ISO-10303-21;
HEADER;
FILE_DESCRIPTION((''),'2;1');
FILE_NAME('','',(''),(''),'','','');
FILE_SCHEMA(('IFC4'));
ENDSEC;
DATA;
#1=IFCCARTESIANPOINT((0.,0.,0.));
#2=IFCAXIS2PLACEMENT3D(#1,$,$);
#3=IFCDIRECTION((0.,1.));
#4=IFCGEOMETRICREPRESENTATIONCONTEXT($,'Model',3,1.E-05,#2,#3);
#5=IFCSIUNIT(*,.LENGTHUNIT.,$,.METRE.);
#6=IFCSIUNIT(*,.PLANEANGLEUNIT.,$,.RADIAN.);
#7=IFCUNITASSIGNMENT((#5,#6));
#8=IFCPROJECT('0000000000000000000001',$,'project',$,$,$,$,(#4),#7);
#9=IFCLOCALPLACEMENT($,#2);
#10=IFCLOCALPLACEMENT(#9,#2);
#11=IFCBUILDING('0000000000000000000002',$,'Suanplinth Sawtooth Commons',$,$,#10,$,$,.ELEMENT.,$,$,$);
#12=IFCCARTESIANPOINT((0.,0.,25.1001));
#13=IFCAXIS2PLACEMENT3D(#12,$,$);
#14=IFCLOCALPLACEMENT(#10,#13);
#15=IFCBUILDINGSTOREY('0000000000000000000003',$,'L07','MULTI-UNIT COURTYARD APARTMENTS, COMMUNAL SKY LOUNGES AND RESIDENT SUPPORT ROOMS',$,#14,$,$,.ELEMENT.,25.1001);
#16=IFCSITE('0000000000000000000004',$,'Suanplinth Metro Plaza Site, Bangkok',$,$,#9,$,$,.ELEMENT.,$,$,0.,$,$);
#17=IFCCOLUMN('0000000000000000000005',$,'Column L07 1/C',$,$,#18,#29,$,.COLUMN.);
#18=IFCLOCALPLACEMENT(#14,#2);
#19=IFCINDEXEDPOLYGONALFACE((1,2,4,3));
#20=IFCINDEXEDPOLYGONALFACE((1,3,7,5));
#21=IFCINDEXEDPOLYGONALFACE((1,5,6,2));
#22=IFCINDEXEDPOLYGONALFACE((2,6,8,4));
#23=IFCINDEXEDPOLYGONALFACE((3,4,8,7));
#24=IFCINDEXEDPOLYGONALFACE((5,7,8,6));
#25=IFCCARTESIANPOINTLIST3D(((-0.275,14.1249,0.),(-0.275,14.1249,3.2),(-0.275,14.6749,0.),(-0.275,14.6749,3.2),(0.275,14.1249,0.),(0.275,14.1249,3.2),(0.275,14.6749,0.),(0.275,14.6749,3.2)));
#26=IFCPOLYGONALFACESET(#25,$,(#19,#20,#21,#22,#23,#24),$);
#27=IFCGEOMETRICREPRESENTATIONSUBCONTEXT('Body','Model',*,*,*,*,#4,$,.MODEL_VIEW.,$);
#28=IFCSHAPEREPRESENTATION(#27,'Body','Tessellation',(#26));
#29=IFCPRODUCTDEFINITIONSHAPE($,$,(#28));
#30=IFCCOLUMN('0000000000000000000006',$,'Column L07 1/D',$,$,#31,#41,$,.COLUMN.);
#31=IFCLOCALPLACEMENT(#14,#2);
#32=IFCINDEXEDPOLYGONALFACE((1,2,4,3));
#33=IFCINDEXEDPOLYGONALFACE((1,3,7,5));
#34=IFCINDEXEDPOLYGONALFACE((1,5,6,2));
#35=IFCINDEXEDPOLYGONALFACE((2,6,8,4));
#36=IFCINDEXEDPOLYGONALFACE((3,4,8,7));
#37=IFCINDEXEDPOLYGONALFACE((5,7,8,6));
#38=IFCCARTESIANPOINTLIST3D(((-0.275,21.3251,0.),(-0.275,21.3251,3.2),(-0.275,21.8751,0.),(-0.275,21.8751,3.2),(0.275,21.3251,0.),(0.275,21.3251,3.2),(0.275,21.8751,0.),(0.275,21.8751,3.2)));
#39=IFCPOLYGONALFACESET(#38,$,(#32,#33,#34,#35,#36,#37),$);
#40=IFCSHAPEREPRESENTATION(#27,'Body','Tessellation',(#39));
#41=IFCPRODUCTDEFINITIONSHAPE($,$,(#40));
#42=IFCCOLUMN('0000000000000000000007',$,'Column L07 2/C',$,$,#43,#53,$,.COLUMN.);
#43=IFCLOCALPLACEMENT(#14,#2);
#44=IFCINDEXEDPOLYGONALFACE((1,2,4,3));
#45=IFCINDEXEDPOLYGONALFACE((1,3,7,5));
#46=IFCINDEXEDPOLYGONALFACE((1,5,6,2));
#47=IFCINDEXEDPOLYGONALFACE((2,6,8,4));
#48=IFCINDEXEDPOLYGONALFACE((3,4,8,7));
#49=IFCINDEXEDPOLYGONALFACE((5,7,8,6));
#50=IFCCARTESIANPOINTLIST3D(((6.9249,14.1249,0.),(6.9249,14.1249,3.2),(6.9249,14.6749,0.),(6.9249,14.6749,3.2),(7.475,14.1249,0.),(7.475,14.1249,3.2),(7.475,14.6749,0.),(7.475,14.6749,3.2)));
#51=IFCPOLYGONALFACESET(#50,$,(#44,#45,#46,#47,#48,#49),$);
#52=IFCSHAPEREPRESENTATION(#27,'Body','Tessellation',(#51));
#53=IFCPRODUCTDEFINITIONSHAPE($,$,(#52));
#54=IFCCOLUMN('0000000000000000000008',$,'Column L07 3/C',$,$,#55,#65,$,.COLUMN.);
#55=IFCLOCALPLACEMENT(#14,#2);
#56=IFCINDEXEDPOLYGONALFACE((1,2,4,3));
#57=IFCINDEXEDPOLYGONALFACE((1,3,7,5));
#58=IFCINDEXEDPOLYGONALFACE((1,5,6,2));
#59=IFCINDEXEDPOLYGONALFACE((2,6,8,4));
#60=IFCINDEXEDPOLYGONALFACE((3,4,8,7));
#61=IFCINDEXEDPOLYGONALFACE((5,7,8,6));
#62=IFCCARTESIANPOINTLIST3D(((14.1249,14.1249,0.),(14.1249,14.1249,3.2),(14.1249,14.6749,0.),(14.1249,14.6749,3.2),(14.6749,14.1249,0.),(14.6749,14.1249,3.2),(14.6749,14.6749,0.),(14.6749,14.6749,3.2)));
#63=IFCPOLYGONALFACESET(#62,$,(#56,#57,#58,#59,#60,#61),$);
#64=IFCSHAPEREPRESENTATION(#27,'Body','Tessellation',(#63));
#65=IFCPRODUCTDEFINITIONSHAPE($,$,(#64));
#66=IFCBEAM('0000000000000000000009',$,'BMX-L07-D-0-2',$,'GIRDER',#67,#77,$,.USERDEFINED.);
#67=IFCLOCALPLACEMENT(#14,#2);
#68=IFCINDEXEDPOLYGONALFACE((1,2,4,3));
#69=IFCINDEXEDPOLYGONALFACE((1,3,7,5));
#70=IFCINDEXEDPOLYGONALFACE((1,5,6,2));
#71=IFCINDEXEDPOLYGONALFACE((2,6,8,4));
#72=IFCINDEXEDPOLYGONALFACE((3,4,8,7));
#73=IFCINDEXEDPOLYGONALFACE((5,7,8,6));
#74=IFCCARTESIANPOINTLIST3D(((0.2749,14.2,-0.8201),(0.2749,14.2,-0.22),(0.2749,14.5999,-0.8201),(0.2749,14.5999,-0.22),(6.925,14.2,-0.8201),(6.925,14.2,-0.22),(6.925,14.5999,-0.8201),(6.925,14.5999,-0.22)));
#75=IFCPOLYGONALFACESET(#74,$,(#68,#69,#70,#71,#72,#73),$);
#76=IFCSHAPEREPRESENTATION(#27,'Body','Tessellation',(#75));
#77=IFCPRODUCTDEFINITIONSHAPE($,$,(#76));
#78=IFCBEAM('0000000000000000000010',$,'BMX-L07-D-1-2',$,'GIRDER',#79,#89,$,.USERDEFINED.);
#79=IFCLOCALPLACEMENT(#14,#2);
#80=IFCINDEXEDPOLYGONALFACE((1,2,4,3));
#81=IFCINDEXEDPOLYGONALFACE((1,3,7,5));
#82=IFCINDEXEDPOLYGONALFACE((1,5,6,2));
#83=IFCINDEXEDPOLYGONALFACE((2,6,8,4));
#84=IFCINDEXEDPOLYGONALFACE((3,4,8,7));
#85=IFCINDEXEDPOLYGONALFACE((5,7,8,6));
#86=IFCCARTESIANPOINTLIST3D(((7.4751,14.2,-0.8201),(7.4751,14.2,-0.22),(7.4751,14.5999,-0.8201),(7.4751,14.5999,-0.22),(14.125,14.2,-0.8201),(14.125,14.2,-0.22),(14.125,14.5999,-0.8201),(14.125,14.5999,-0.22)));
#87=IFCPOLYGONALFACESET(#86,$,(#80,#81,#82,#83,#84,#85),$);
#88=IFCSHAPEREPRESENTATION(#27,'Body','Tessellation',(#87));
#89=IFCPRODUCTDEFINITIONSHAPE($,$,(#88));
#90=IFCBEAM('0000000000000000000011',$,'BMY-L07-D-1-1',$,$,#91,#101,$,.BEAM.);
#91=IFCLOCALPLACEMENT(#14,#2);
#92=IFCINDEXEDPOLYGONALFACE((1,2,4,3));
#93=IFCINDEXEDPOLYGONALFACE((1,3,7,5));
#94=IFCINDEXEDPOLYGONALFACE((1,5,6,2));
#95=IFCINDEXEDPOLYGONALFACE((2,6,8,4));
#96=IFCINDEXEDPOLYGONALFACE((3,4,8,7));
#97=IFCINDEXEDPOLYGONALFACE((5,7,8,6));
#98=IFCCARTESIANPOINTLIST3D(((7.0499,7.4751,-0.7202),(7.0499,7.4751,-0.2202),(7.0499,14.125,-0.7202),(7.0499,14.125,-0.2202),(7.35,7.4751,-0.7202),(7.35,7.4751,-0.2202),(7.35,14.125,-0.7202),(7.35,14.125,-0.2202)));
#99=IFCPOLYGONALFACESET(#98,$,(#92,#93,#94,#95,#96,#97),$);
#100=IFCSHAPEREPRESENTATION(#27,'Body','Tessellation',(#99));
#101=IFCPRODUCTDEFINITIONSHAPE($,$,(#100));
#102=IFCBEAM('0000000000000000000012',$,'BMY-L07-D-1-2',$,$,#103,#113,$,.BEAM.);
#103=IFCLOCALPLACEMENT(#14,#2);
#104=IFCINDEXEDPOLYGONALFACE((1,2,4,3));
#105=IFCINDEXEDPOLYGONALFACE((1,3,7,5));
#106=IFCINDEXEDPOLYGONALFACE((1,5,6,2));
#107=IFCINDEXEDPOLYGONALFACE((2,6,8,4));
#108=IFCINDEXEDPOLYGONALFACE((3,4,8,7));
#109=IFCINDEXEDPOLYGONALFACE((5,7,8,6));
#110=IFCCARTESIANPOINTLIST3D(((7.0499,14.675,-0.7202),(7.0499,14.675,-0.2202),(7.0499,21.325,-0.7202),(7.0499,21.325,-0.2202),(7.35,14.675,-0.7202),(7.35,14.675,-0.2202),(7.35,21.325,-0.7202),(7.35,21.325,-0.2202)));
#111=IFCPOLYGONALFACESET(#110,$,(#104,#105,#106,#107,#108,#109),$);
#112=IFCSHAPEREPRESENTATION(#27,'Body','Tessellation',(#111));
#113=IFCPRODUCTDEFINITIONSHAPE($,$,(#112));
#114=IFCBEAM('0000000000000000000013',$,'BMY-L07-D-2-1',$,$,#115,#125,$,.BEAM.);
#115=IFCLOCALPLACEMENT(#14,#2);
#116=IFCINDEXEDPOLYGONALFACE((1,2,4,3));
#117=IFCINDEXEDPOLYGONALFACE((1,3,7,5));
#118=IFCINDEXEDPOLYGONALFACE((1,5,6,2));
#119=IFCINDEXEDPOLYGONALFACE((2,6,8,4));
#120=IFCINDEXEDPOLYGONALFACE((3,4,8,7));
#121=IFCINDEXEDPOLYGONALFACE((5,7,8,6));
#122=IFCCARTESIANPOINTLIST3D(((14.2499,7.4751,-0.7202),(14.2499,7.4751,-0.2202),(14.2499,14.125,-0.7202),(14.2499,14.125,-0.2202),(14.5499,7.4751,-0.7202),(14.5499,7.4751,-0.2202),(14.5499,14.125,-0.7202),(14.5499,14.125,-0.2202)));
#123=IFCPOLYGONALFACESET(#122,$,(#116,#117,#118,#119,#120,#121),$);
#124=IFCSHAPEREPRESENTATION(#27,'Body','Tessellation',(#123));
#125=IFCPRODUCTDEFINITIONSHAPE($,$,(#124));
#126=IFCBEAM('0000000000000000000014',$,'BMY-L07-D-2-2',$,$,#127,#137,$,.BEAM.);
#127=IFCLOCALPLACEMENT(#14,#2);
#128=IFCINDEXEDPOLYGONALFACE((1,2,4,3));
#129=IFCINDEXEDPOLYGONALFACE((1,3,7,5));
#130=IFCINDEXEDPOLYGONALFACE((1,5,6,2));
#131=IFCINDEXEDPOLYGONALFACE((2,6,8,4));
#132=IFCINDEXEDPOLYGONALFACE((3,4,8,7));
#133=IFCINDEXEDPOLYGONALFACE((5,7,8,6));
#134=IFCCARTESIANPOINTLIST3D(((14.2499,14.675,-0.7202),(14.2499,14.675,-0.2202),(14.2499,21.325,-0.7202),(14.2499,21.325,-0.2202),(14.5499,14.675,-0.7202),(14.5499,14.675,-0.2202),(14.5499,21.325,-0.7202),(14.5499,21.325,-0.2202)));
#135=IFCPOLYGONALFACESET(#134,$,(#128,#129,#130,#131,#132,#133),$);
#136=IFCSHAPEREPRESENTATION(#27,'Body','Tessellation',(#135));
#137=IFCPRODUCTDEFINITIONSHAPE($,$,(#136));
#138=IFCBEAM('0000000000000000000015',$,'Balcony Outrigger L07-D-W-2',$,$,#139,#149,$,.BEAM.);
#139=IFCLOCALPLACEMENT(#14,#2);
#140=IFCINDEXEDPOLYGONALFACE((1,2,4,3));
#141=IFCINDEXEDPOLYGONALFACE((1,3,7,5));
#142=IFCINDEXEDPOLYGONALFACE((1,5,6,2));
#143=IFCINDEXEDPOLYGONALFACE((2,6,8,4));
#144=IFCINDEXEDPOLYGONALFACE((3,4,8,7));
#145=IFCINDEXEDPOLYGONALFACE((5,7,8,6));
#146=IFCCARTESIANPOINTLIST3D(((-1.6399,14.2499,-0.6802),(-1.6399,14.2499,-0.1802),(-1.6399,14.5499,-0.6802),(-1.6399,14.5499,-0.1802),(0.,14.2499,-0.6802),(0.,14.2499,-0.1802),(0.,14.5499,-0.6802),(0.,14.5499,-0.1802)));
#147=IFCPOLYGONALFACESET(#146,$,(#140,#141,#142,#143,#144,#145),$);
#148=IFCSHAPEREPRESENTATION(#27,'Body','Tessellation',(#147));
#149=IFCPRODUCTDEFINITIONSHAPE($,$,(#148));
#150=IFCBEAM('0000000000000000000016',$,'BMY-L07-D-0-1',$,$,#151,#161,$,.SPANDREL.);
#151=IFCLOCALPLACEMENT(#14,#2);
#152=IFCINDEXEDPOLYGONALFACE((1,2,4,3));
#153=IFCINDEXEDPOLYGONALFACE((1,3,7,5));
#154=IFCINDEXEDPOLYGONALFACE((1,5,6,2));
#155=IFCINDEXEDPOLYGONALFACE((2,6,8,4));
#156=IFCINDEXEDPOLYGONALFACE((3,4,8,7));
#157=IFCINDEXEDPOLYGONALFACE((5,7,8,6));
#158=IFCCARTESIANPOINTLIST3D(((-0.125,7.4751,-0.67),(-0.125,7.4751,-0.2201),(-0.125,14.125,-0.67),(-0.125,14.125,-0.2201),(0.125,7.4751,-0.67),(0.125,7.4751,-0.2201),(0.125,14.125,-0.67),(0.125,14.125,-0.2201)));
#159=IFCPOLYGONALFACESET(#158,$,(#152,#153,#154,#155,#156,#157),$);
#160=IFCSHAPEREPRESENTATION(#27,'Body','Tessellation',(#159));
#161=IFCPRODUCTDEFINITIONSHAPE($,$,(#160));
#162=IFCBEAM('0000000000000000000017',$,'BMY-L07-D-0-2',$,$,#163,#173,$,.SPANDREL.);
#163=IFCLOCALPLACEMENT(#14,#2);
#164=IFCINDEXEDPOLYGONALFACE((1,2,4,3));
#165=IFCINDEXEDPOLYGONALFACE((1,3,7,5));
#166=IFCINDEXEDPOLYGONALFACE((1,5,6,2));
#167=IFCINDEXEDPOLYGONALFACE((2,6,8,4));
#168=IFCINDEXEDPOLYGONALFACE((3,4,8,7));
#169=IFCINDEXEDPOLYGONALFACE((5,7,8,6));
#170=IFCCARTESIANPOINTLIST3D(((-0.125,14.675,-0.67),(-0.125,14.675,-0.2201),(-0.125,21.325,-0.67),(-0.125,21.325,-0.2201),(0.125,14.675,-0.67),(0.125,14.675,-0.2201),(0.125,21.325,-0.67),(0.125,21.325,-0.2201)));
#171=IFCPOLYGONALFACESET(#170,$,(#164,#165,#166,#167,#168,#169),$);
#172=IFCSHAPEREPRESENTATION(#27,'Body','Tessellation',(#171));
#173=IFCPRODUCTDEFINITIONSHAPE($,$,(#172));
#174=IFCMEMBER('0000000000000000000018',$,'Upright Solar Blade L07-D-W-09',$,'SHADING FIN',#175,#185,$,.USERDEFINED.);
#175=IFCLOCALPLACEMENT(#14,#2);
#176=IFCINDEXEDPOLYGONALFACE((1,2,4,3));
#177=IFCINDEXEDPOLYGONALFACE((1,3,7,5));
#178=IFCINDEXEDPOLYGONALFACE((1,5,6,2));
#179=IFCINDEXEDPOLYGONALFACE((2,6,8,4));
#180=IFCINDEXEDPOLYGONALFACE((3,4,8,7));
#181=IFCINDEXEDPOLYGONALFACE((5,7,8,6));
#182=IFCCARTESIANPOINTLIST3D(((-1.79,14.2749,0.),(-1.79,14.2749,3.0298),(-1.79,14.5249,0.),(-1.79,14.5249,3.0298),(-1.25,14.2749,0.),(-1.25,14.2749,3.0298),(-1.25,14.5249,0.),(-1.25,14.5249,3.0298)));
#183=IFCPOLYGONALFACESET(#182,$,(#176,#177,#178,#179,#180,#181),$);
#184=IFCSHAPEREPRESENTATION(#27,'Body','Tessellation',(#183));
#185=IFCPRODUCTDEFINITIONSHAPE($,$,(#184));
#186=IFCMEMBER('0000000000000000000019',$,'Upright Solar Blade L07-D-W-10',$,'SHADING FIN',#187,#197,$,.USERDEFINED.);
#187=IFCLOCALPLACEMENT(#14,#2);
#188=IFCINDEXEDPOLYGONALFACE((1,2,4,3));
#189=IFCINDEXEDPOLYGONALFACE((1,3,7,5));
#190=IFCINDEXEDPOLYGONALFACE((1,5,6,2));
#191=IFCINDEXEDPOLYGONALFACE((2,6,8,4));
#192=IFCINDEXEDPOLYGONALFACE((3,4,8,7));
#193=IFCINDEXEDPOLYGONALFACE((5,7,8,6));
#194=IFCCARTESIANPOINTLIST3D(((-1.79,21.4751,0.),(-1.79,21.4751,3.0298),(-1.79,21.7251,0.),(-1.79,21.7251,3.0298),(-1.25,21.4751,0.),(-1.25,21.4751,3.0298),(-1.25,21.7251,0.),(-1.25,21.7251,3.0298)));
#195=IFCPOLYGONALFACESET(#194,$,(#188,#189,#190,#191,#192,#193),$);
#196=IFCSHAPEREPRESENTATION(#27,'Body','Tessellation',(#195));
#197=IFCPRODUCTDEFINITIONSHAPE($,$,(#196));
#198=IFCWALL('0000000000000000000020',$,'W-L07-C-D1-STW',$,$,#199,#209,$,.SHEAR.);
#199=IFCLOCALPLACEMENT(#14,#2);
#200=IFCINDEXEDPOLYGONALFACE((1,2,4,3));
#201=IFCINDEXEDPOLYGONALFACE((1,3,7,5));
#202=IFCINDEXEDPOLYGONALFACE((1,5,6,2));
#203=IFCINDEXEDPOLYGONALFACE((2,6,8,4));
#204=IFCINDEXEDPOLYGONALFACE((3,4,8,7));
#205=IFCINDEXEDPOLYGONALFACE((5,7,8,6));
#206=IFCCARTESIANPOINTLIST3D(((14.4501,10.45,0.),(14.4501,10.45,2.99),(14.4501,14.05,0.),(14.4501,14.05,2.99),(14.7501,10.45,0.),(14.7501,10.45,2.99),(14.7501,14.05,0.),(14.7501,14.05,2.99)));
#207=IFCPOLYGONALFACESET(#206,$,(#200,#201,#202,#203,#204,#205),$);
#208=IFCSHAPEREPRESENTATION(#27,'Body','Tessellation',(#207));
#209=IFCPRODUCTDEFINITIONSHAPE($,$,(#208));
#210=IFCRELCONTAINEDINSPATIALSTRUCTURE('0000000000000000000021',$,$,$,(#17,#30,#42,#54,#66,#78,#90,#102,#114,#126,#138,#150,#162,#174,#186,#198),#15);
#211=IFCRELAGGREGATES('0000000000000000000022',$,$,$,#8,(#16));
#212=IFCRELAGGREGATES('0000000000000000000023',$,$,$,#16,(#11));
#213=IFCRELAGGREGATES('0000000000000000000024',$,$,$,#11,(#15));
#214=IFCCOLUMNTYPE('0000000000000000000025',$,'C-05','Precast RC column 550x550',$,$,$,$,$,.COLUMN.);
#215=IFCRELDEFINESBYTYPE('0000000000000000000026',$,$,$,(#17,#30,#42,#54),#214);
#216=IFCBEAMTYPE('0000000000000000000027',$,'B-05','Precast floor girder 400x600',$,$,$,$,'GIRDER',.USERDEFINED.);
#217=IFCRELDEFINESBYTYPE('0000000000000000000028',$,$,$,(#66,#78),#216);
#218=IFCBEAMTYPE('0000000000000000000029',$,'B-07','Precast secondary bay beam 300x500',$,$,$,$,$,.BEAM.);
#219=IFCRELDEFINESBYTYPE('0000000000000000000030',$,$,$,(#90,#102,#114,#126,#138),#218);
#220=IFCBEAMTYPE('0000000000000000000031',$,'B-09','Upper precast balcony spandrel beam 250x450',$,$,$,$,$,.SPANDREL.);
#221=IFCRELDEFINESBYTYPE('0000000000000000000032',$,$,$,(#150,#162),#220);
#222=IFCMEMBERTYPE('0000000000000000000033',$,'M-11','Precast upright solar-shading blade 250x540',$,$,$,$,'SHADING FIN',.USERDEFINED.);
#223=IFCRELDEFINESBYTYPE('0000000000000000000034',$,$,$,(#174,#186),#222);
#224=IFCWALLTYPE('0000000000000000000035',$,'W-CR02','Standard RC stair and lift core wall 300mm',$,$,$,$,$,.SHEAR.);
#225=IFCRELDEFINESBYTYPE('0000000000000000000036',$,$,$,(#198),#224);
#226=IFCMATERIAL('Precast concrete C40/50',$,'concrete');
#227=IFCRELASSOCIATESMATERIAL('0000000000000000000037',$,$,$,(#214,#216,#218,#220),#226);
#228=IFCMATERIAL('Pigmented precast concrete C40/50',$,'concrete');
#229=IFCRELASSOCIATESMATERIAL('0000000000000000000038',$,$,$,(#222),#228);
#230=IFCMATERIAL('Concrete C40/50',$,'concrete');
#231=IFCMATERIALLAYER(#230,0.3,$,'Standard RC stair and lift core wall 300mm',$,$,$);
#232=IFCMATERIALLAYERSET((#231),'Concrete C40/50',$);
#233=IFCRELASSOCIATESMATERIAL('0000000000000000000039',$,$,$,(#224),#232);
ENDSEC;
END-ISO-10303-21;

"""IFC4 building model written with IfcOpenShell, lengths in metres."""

from ifc_helpers import new_model, si_unit, direction, frame, frame_2d, origin, origin_2d, place, context, subcontext, project, spatial, rectangle, extrude, material, layer, layer_set, material_profile, profile_set, type_object, element, save


model = new_model("IFC4")

# Units and contexts
model_context = context("Model", 3, precision=1e-05, world=origin(), true_north=direction((0.0, 1.0)))
body_context = subcontext(model_context, "Body", "Model", "MODEL_VIEW")
ifc_project = project(units=[si_unit("LENGTHUNIT", "METRE"), si_unit("PLANEANGLEUNIT", "RADIAN")], contexts=[model_context])

# Site, building, storey
site_placement = place(None, origin())
site = spatial("IfcSite", under=ifc_project, at=site_placement, Name="Suanplinth Metro Plaza Site, Bangkok", CompositionType="ELEMENT", RefElevation=0.0)
building_placement = place(site_placement, origin())
building = spatial("IfcBuilding", under=site, at=building_placement, Name="Suanplinth Sawtooth Commons", CompositionType="ELEMENT")
storey_placement = place(building_placement, frame((0.0, 0.0, 25.1001)))
storey = spatial("IfcBuildingStorey", under=building, at=storey_placement, Name="L07", Description="MULTI-UNIT COURTYARD APARTMENTS, COMMUNAL SKY LOUNGES AND RESIDENT SUPPORT ROOMS", CompositionType="ELEMENT", Elevation=25.1001)

# Columns
ifc_material_1 = material(Name="Precast concrete C40/50", Category="concrete")
ifc_material_profile_1 = material_profile(ifc_material_1, rectangle(XDim=0.55, YDim=0.55, at=origin_2d()), Name="PC-COL 550x550")
ifc_profile_set_1 = profile_set([ifc_material_profile_1], Name="Precast concrete C40/50")
column_type = type_object("IfcColumnType", Name="C-05", Description="Precast RC column 550x550", PredefinedType="COLUMN", material=ifc_profile_set_1)
for number, where, z_axis, x_axis, name in (
    (1, (0.0, 14.3999, 0.0), (0.0, 0.0, 1.0), (1.0, 0.0, 0.0), "Column L07 1/C"),
    (2, (0.0, 21.6001, 0.0), (0.0, 0.0, 1.0), (1.0, 0.0, 0.0), "Column L07 1/D"),
    (3, (7.2, 14.3999, 0.0), (0.0, 0.0, 1.0), (1.0, 0.0, 0.0), "Column L07 2/C"),
    (4, (14.3999, 14.3999, 0.0), (0.0, 0.0, 1.0), (1.0, 0.0, 0.0), "Column L07 3/C"),
):
    element("IfcColumn", number, at=place(storey_placement, frame(where, z_axis=z_axis, x_axis=x_axis)), inside=storey, type_object=column_type, Name=name, PredefinedType="COLUMN", context=body_context, shape_type="SweptSolid", body=[
        extrude(rectangle(XDim=0.55, YDim=0.55, at=origin_2d()), origin(), (0.0, 0.0, 1.0), 3.2),
    ])

# Beams
ifc_material_profile_2 = material_profile(ifc_material_1, rectangle(XDim=0.3999, YDim=0.6001, at=origin_2d()), Name="PC-GDR 400x600")
ifc_profile_set_2 = profile_set([ifc_material_profile_2], Name="Precast concrete C40/50")
beam_type_1 = type_object("IfcBeamType", Name="B-05", Description="Precast floor girder 400x600", ElementType="GIRDER", PredefinedType="USERDEFINED", material=ifc_profile_set_2)
beam_1_placement = place(storey_placement, frame((0.2749, 14.3999, -0.52), z_axis=(1.0, 0.0, 0.0), x_axis=(0.0, 1.0, 0.0)))
element("IfcBeam", 5, at=beam_1_placement, inside=storey, type_object=beam_type_1, Name="BMX-L07-D-0-2", ObjectType="GIRDER", PredefinedType="USERDEFINED", context=body_context, shape_type="SweptSolid", body=[
    extrude(rectangle(XDim=0.3999, YDim=0.6001, at=origin_2d()), origin(), (0.0, 0.0, 1.0), 6.6501),
])
beam_2_placement = place(storey_placement, frame((7.4751, 14.3999, -0.52), z_axis=(1.0, 0.0, 0.0), x_axis=(0.0, 1.0, 0.0)))
element("IfcBeam", 6, at=beam_2_placement, inside=storey, type_object=beam_type_1, Name="BMX-L07-D-1-2", ObjectType="GIRDER", PredefinedType="USERDEFINED", context=body_context, shape_type="SweptSolid", body=[
    extrude(rectangle(XDim=0.3999, YDim=0.6001, at=origin_2d()), origin(), (0.0, 0.0, 1.0), 6.6499),
])
ifc_material_profile_3 = material_profile(ifc_material_1, rectangle(XDim=0.3, YDim=0.5, at=origin_2d()), Name="PC-BM 300x500")
ifc_profile_set_3 = profile_set([ifc_material_profile_3], Name="Precast concrete C40/50")
beam_type_2 = type_object("IfcBeamType", Name="B-07", Description="Precast secondary bay beam 300x500", PredefinedType="BEAM", material=ifc_profile_set_3)
for number, where, z_axis, x_axis, name in (
    (7, (7.2, 7.4751, -0.4702), (0.0, 1.0, 0.0), (-1.0, 0.0, 0.0), "BMY-L07-D-1-1"),
    (8, (7.2, 14.675, -0.4702), (0.0, 1.0, 0.0), (-1.0, 0.0, 0.0), "BMY-L07-D-1-2"),
    (9, (14.3999, 7.4751, -0.4702), (0.0, 1.0, 0.0), (-1.0, 0.0, 0.0), "BMY-L07-D-2-1"),
    (10, (14.3999, 14.675, -0.4702), (0.0, 1.0, 0.0), (-1.0, 0.0, 0.0), "BMY-L07-D-2-2"),
):
    element("IfcBeam", number, at=place(storey_placement, frame(where, z_axis=z_axis, x_axis=x_axis)), inside=storey, type_object=beam_type_2, Name=name, PredefinedType="BEAM", context=body_context, shape_type="SweptSolid", body=[
        extrude(rectangle(XDim=0.3, YDim=0.5, at=origin_2d()), origin(), (0.0, 0.0, 1.0), 6.6499),
    ])
beam_3_placement = place(storey_placement, frame((0.0, 14.3999, -0.4302), z_axis=(-1.0, 0.0, 0.0), x_axis=(0.0, -1.0, 0.0)))
element("IfcBeam", 11, at=beam_3_placement, inside=storey, type_object=beam_type_2, Name="Balcony Outrigger L07-D-W-2", PredefinedType="BEAM", context=body_context, shape_type="SweptSolid", body=[
    extrude(rectangle(XDim=0.3, YDim=0.5, at=origin_2d()), origin(), (0.0, 0.0, 1.0), 1.6399),
])
ifc_material_profile_4 = material_profile(ifc_material_1, rectangle(XDim=0.25, YDim=0.45, at=origin_2d()), Name="PC-SP 250x450")
ifc_profile_set_4 = profile_set([ifc_material_profile_4], Name="Precast concrete C40/50")
beam_type_3 = type_object("IfcBeamType", Name="B-09", Description="Upper precast balcony spandrel beam 250x450", PredefinedType="SPANDREL", material=ifc_profile_set_4)
for number, where, z_axis, x_axis, name in (
    (12, (0.0, 7.4751, -0.4451), (0.0, 1.0, 0.0), (-1.0, 0.0, 0.0), "BMY-L07-D-0-1"),
    (13, (0.0, 14.675, -0.4451), (0.0, 1.0, 0.0), (-1.0, 0.0, 0.0), "BMY-L07-D-0-2"),
):
    element("IfcBeam", number, at=place(storey_placement, frame(where, z_axis=z_axis, x_axis=x_axis)), inside=storey, type_object=beam_type_3, Name=name, PredefinedType="SPANDREL", context=body_context, shape_type="SweptSolid", body=[
        extrude(rectangle(XDim=0.25, YDim=0.45, at=origin_2d()), origin(), (0.0, 0.0, 1.0), 6.6499),
    ])

# Members
ifc_material_2 = material(Name="Pigmented precast concrete C40/50", Category="concrete")
ifc_material_profile_5 = material_profile(ifc_material_2, rectangle(XDim=0.25, YDim=0.54, at=origin_2d()), Name="PC-FIN 250x540")
ifc_profile_set_5 = profile_set([ifc_material_profile_5], Name="Pigmented precast concrete C40/50")
member_type = type_object("IfcMemberType", Name="M-11", Description="Precast upright solar-shading blade 250x540", ElementType="SHADING FIN", PredefinedType="USERDEFINED", material=ifc_profile_set_5)
for number, where, z_axis, x_axis, name in (
    (14, (-1.52, 14.3999, 0.0), (0.0, 0.0, 1.0), (0.0, 1.0, 0.0), "Upright Solar Blade L07-D-W-09"),
    (15, (-1.52, 21.6001, 0.0), (0.0, 0.0, 1.0), (0.0, 1.0, 0.0), "Upright Solar Blade L07-D-W-10"),
):
    element("IfcMember", number, at=place(storey_placement, frame(where, z_axis=z_axis, x_axis=x_axis)), inside=storey, type_object=member_type, Name=name, ObjectType="SHADING FIN", PredefinedType="USERDEFINED", context=body_context, shape_type="SweptSolid", body=[
        extrude(rectangle(XDim=0.25, YDim=0.54, at=origin_2d()), origin(), (0.0, 0.0, 1.0), 3.0298),
    ])

# Wall
ifc_material_3 = material(Name="Concrete C40/50", Category="concrete")
ifc_layer_1 = layer(ifc_material_3, 0.3, Name="Standard RC stair and lift core wall 300mm")
ifc_layer_set_1 = layer_set([ifc_layer_1], Name="Concrete C40/50")
wall_type_1 = type_object("IfcWallType", Name="W-CR02", Description="Standard RC stair and lift core wall 300mm", PredefinedType="SHEAR", material=ifc_layer_set_1)
wall_1_placement = place(storey_placement, frame((14.6001, 10.45, 0.0), z_axis=(0.0, 0.0, 1.0), x_axis=(0.0, 1.0, 0.0)))
element("IfcWall", 16, at=wall_1_placement, inside=storey, type_object=wall_type_1, Name="W-L07-C-D1-STW", PredefinedType="SHEAR", context=body_context, shape_type="SweptSolid", body=[
    extrude(rectangle(XDim=3.6001, YDim=0.3, at=frame_2d((1.8, 0.0))), origin(), (0.0, 0.0, 1.0), 2.99),
])

save(model, "model.ifc")
